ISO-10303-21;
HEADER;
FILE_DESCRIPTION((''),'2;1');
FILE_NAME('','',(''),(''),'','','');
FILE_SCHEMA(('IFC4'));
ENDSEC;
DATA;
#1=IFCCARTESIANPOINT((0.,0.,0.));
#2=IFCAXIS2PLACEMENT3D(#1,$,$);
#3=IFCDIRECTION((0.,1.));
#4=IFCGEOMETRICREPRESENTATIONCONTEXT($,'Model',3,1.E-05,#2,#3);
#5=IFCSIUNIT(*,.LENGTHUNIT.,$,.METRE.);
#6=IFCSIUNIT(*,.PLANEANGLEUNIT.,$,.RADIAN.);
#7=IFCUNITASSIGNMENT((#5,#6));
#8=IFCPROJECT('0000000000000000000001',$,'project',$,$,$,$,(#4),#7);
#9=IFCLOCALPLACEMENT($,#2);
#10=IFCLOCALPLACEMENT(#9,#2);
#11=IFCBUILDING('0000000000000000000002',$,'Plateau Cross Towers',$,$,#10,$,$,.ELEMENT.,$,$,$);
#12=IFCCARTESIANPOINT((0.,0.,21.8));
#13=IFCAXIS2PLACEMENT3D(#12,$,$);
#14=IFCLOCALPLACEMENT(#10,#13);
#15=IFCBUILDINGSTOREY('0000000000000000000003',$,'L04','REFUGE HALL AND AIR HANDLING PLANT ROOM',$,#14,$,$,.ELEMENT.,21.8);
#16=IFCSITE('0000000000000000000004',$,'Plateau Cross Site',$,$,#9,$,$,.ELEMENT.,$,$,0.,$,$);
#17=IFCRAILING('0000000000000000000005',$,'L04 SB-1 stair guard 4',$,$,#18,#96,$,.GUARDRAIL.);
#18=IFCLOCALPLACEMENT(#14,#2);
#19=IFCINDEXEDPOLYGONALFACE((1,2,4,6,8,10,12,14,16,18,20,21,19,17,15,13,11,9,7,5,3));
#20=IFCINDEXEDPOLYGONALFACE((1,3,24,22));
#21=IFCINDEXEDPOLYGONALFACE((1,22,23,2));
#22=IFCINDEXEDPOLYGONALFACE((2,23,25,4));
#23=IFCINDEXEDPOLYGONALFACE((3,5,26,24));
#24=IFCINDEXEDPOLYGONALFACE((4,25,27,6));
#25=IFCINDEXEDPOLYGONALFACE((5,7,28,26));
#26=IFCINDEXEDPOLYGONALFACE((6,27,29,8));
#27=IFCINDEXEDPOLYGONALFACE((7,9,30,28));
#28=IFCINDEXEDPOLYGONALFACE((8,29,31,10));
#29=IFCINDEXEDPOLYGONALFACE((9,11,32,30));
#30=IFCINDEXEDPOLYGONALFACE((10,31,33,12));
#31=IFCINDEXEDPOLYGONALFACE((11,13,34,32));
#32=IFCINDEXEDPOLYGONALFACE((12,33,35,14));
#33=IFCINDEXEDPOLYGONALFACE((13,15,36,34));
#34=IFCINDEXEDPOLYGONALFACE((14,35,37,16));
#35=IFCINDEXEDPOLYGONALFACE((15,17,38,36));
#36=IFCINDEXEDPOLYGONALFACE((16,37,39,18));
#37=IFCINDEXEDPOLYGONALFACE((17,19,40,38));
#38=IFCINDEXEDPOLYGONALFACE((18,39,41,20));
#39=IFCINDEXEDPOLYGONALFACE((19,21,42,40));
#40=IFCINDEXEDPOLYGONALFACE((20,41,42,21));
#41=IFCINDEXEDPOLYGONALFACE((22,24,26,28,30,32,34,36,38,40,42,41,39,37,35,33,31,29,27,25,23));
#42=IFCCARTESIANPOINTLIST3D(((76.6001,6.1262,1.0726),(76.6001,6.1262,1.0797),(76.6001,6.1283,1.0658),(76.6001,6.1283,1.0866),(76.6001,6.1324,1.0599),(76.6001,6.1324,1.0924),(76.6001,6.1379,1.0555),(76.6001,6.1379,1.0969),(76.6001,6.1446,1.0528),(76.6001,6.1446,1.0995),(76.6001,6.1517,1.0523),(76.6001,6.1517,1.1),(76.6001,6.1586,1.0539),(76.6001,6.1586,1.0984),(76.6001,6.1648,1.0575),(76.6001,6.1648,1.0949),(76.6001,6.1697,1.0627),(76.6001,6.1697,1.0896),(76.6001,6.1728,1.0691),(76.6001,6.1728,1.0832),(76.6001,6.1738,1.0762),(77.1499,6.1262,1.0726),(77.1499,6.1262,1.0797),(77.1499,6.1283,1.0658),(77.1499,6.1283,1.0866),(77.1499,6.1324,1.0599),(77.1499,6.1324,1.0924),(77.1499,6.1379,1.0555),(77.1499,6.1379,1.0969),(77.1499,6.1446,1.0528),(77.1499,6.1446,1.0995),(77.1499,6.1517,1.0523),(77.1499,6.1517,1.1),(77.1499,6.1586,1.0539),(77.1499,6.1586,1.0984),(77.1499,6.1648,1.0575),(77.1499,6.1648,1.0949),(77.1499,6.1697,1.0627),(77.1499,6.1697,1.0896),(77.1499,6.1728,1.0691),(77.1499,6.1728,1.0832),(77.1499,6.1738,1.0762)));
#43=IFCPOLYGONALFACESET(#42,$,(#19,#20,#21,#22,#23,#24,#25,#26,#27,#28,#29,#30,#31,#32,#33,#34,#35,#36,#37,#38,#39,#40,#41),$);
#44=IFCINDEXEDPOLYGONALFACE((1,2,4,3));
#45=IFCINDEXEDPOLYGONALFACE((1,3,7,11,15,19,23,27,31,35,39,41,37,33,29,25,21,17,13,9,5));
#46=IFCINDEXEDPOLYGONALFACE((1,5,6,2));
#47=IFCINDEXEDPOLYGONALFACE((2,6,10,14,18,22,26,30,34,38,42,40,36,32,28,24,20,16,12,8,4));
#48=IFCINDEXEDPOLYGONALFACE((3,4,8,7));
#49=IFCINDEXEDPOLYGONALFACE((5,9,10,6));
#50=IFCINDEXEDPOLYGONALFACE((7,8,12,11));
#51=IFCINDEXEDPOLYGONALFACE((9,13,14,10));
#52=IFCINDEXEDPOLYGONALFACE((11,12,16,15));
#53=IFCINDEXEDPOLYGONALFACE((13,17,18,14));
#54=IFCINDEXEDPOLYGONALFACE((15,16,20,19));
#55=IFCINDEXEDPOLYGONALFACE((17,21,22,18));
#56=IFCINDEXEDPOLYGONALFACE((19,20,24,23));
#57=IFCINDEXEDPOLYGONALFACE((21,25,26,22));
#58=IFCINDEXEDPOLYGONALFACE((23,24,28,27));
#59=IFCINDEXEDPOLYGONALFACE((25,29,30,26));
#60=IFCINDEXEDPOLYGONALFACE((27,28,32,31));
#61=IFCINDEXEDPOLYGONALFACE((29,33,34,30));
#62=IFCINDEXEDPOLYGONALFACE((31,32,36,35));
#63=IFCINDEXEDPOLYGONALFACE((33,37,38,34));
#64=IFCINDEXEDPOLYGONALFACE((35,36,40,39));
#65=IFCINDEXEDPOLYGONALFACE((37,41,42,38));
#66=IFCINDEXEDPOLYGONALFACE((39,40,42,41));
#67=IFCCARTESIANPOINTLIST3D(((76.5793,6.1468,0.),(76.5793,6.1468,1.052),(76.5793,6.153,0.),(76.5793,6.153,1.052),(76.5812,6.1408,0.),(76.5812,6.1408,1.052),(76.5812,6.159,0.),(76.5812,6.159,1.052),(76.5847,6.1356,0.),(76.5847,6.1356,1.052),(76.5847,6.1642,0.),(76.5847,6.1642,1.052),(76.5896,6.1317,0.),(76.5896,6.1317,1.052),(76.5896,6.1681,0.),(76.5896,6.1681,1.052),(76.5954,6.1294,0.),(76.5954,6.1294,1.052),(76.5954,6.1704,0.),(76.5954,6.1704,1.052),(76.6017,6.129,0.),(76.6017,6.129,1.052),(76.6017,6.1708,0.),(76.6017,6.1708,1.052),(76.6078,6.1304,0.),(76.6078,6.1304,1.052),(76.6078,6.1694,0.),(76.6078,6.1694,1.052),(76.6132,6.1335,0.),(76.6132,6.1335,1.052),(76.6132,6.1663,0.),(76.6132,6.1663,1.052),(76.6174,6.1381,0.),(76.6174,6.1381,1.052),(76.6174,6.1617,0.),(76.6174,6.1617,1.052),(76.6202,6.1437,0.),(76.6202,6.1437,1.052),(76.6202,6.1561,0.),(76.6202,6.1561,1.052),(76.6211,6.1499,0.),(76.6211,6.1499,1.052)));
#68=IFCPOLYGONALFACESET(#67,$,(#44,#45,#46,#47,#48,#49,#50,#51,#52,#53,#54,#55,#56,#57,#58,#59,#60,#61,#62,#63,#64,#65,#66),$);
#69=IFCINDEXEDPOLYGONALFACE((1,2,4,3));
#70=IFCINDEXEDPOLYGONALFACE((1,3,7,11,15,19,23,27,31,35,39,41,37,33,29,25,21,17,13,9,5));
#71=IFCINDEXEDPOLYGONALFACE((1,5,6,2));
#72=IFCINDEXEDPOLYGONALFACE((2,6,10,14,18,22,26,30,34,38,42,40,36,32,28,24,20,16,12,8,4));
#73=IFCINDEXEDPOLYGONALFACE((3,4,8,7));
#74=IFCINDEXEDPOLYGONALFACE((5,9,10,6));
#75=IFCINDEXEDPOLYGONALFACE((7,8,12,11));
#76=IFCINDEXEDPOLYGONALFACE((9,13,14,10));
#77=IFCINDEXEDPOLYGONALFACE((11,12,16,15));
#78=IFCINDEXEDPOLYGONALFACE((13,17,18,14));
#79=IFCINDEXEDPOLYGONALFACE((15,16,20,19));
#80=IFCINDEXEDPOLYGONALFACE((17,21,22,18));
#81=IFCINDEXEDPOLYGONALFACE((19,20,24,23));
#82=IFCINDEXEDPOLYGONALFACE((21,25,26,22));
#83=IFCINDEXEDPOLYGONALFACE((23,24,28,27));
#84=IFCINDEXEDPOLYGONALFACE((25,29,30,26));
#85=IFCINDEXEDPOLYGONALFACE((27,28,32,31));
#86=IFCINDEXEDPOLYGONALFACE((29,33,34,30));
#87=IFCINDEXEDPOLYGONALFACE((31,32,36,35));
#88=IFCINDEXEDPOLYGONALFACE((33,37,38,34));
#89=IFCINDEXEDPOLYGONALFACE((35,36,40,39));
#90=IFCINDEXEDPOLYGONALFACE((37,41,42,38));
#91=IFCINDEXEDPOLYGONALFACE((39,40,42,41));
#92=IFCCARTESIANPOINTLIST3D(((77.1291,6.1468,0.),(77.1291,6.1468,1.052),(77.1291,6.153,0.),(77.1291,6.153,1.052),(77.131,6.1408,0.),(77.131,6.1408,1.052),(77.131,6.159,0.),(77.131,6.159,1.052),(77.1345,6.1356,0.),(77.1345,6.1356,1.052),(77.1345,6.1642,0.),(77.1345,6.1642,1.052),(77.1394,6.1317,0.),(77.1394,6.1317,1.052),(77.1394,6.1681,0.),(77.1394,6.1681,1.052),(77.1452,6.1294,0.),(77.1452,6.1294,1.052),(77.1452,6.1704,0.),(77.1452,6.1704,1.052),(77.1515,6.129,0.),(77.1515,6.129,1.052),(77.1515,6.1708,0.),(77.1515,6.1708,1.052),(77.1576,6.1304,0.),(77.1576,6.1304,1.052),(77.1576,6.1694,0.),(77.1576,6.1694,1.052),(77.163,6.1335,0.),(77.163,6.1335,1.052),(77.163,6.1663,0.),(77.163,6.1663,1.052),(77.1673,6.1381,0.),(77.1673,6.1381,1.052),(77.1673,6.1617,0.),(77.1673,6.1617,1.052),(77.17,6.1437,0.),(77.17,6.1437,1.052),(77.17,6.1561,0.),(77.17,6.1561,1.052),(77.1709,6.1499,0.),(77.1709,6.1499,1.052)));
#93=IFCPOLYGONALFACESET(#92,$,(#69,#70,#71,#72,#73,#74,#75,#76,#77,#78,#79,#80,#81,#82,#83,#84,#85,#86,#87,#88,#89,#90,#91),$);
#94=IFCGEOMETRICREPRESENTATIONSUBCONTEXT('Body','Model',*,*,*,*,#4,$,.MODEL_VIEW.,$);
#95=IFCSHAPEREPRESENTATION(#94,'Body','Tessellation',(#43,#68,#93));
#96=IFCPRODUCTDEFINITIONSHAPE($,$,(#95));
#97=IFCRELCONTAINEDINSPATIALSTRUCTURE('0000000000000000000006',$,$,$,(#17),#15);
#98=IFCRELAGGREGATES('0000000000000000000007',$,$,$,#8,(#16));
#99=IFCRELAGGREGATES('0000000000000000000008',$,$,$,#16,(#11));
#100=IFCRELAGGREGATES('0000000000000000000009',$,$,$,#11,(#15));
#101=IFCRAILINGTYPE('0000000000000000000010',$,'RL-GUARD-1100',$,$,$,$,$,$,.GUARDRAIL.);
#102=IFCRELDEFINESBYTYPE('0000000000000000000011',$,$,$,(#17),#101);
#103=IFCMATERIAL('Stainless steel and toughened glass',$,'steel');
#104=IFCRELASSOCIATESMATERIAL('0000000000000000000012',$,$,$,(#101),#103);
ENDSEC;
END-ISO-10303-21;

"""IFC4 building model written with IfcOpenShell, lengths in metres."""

from ifc_helpers import new_model, si_unit, direction, frame, origin, origin_2d, place, context, subcontext, project, spatial, circle, extrude, material, type_object, element, save


model = new_model("IFC4")

# Units and contexts
model_context = context("Model", 3, precision=1e-05, world=origin(), true_north=direction((0.0, 1.0)))
body_context = subcontext(model_context, "Body", "Model", "MODEL_VIEW")
ifc_project = project(units=[si_unit("LENGTHUNIT", "METRE"), si_unit("PLANEANGLEUNIT", "RADIAN")], contexts=[model_context])

# Site, building, storey
site_placement = place(None, origin())
site = spatial("IfcSite", under=ifc_project, at=site_placement, Name="Plateau Cross Site", CompositionType="ELEMENT", RefElevation=0.0)
building_placement = place(site_placement, origin())
building = spatial("IfcBuilding", under=site, at=building_placement, Name="Plateau Cross Towers", CompositionType="ELEMENT")
storey_placement = place(building_placement, frame((0.0, 0.0, 21.8)))
storey = spatial("IfcBuildingStorey", under=building, at=storey_placement, Name="L04", Description="REFUGE HALL AND AIR HANDLING PLANT ROOM", CompositionType="ELEMENT", Elevation=21.8)

# Railing
ifc_material_1 = material(Name="Stainless steel and toughened glass", Category="steel")
railing_type_1 = type_object("IfcRailingType", Name="RL-GUARD-1100", PredefinedType="GUARDRAIL", material=ifc_material_1)
railing_1_placement = place(storey_placement, frame((76.6001, 6.1499, 0.0)))
element("IfcRailing", 1, at=railing_1_placement, inside=storey, type_object=railing_type_1, Name="L04 SB-1 stair guard 4", PredefinedType="GUARDRAIL", context=body_context, shape_type="SweptSolid", body=[
    extrude(circle(Radius=0.0239, at=origin_2d()), frame((0.0, 0.0, 1.0762), z_axis=(1.0, 0.0, 0.0), x_axis=(0.0, 1.0, 0.0)), (0.0, 0.0, 1.0), 0.5498),
    extrude(circle(Radius=0.021, at=origin_2d()), origin(), (0.0, 0.0, 1.0), 1.052),
    extrude(circle(Radius=0.021, at=origin_2d()), frame((0.5498, 0.0, 0.0)), (0.0, 0.0, 1.0), 1.052),
])

save(model, "model.ifc")
